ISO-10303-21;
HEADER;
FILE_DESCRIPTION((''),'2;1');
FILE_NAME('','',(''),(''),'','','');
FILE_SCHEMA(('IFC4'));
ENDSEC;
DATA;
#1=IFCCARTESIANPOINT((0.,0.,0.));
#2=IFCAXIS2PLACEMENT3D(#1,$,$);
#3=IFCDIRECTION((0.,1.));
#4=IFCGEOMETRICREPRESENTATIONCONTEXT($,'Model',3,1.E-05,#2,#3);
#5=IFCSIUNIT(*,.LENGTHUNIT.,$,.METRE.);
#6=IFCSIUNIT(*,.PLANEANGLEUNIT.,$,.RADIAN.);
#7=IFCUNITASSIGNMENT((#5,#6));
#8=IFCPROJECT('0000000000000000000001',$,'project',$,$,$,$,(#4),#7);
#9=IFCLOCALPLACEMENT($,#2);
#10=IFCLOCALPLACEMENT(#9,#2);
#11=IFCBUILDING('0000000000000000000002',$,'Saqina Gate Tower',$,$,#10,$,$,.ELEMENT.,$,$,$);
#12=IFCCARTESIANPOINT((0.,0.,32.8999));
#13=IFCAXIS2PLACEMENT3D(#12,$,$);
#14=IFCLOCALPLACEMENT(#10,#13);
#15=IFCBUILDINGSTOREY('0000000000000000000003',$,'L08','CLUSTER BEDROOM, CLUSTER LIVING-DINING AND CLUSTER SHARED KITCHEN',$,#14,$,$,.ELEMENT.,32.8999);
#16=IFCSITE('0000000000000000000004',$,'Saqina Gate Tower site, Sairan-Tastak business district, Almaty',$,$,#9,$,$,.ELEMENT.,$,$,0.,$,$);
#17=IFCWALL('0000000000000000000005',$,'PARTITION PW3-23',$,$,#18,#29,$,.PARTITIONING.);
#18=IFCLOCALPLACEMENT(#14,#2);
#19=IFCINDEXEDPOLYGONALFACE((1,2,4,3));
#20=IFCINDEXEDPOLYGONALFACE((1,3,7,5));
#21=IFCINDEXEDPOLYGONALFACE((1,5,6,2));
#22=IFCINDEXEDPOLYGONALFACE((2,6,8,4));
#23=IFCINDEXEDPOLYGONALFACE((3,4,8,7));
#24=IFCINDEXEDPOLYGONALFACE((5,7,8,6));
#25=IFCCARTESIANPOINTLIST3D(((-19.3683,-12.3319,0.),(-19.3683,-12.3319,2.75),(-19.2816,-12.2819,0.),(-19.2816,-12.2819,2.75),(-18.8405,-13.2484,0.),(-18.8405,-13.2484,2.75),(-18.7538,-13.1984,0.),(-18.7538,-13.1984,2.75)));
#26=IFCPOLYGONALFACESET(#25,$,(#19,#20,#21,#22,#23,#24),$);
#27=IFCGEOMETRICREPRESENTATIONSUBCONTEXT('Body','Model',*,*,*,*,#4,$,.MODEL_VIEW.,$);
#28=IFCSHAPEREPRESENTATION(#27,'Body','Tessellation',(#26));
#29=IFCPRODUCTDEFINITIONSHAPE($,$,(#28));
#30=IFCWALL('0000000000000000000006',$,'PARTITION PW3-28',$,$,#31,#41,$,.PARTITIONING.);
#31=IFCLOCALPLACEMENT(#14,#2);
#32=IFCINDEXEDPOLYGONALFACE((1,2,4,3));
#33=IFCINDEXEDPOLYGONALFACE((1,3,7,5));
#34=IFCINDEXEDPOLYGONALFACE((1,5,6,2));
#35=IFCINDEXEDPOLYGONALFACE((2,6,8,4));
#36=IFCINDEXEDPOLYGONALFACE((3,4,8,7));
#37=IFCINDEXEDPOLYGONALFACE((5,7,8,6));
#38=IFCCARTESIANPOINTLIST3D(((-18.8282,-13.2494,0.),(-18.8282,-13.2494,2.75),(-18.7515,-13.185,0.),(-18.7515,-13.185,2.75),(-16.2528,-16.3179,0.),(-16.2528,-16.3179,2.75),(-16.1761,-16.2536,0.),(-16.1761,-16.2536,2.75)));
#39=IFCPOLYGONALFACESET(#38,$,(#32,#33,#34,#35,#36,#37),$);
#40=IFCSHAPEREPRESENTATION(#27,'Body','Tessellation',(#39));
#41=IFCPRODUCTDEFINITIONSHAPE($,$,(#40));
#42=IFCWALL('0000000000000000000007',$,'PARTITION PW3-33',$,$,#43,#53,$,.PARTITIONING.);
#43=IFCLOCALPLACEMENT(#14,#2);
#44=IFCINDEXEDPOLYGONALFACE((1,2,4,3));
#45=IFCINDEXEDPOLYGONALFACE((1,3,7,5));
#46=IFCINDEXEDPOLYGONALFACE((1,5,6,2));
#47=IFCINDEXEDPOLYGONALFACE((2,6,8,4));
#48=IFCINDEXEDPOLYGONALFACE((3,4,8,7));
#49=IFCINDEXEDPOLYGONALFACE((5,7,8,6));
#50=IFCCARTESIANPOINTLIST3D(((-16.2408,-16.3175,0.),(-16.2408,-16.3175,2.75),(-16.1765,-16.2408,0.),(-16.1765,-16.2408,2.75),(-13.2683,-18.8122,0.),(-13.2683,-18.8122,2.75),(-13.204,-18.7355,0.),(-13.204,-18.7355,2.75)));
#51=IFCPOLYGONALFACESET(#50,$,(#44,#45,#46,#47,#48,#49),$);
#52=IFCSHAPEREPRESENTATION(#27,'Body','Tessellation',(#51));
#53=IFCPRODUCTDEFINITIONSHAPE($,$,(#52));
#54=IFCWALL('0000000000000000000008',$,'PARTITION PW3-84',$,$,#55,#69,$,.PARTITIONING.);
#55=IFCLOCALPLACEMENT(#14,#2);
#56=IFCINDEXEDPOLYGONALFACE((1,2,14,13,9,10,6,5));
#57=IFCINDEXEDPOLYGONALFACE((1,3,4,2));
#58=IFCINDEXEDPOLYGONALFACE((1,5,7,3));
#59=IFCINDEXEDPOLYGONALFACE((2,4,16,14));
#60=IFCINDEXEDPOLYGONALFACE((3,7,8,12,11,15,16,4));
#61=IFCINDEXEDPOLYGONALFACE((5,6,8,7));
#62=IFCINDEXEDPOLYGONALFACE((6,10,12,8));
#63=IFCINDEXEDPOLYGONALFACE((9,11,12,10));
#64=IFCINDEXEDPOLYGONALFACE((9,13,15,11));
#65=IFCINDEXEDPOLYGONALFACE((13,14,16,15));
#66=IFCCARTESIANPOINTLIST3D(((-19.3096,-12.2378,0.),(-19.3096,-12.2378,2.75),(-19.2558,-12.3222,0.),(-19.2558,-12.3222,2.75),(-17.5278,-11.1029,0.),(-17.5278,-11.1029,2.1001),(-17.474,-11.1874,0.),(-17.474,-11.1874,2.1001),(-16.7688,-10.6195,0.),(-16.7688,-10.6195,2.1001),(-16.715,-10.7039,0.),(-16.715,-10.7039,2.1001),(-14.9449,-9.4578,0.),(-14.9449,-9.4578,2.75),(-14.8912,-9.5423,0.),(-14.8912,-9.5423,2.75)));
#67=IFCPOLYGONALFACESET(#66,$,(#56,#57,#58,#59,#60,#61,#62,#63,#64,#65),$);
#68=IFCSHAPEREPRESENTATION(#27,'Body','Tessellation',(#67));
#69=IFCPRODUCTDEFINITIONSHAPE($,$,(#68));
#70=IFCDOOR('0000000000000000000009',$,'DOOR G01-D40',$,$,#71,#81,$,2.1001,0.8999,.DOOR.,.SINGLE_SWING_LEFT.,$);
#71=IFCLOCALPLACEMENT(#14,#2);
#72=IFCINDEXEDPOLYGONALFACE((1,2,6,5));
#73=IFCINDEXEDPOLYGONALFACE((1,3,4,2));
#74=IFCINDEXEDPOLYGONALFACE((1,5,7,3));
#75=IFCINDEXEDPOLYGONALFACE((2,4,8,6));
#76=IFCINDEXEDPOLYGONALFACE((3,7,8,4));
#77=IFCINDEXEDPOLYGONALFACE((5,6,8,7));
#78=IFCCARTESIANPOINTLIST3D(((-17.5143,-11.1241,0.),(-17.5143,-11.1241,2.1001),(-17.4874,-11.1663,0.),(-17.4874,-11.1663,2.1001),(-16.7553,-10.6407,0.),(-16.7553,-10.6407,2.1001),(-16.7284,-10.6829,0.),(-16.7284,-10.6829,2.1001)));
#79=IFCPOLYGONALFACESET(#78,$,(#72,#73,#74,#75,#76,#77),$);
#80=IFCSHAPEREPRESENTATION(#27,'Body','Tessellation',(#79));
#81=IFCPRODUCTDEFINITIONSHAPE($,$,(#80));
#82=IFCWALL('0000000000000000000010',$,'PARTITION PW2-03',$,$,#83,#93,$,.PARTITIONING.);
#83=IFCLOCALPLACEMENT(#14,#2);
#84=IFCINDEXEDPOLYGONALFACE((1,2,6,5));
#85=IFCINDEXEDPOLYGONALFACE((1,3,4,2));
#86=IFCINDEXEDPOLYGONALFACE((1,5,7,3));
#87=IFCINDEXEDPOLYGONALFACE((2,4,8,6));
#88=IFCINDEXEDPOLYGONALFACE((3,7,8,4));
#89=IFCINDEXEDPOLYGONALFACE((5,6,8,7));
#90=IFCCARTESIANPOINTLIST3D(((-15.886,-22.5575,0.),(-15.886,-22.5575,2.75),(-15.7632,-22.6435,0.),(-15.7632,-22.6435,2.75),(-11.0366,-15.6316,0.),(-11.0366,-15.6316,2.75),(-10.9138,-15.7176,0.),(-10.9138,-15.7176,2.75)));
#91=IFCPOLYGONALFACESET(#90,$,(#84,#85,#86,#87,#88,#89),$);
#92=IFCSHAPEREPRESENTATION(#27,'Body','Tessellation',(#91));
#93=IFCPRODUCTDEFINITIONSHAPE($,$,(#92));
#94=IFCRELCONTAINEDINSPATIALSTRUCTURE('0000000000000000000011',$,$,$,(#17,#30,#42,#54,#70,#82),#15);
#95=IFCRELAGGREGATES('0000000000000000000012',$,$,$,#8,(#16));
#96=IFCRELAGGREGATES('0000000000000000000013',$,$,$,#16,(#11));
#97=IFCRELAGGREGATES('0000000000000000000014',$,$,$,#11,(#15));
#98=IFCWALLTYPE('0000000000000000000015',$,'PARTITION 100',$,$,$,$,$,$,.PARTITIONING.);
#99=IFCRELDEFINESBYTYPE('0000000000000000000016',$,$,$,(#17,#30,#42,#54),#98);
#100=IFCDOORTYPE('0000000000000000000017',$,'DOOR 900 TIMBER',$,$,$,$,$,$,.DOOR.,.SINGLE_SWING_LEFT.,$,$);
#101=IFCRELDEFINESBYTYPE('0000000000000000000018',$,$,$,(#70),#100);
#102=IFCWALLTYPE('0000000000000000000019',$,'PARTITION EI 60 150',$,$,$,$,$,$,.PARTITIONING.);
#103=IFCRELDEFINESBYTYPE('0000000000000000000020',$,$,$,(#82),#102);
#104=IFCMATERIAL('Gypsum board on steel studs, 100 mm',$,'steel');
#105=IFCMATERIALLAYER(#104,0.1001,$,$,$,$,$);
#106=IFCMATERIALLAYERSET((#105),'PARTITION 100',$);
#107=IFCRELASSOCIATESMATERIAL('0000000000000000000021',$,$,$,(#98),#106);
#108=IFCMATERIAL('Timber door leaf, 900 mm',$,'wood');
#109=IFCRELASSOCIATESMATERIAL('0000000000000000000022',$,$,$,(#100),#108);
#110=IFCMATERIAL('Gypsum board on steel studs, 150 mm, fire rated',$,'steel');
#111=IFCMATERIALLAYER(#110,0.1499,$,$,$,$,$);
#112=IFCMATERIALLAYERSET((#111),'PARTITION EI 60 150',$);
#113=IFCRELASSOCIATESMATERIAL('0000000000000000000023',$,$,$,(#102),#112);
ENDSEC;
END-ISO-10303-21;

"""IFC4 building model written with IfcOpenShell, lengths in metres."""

from ifc_helpers import new_model, si_unit, direction, frame, frame_2d, origin, place, context, subcontext, project, spatial, rectangle, extrude, material, layer, layer_set, type_object, element, fill, save


model = new_model("IFC4")

# Units and contexts
model_context = context("Model", 3, precision=1e-05, world=origin(), true_north=direction((0.0, 1.0)))
body_context = subcontext(model_context, "Body", "Model", "MODEL_VIEW")
ifc_project = project(units=[si_unit("LENGTHUNIT", "METRE"), si_unit("PLANEANGLEUNIT", "RADIAN")], contexts=[model_context])

# Site, building, storey
site_placement = place(None, origin())
site = spatial("IfcSite", under=ifc_project, at=site_placement, Name="Saqina Gate Tower site, Sairan-Tastak business district, Almaty", CompositionType="ELEMENT", RefElevation=0.0)
building_placement = place(site_placement, origin())
building = spatial("IfcBuilding", under=site, at=building_placement, Name="Saqina Gate Tower", CompositionType="ELEMENT")
storey_placement = place(building_placement, frame((0.0, 0.0, 32.8999)))
storey = spatial("IfcBuildingStorey", under=building, at=storey_placement, Name="L08", Description="CLUSTER BEDROOM, CLUSTER LIVING-DINING AND CLUSTER SHARED KITCHEN", CompositionType="ELEMENT", Elevation=32.8999)

# Walls
ifc_material_1 = material(Name="Gypsum board on steel studs, 100 mm", Category="steel")
ifc_layer_1 = layer(ifc_material_1, 0.1001)
ifc_layer_set_1 = layer_set([ifc_layer_1], Name="PARTITION 100")
wall_type_1 = type_object("IfcWallType", Name="PARTITION 100", PredefinedType="PARTITIONING", material=ifc_layer_set_1)
wall_1_placement = place(storey_placement, frame((-19.325, -12.3069, 0.0), z_axis=(0.0, 0.0, 1.0), x_axis=(0.49907, -0.866562, 0.0)))
element("IfcWall", 1, at=wall_1_placement, inside=storey, type_object=wall_type_1, Name="PARTITION PW3-23", PredefinedType="PARTITIONING", context=body_context, shape_type="SweptSolid", body=[
    extrude(rectangle(XDim=1.0576, YDim=0.1001, at=frame_2d((0.5288, 0.0))), origin(), (0.0, 0.0, 1.0), 2.75),
])
wall_2_placement = place(storey_placement, frame((-18.7898, -13.2173, 0.0), z_axis=(0.0, 0.0, 1.0), x_axis=(0.642872, -0.765974, 0.0)))
element("IfcWall", 2, at=wall_2_placement, inside=storey, type_object=wall_type_1, Name="PARTITION PW3-28", PredefinedType="PARTITIONING", context=body_context, shape_type="SweptSolid", body=[
    extrude(rectangle(XDim=4.0061, YDim=0.1001, at=frame_2d((2.0029, 0.0))), origin(), (0.0, 0.0, 1.0), 2.75),
])
wall_3_placement = place(storey_placement, frame((-16.2087, -16.2791, 0.0), z_axis=(0.0, 0.0, 1.0), x_axis=(0.765984, -0.64286, 0.0)))
element("IfcWall", 3, at=wall_3_placement, inside=storey, type_object=wall_type_1, Name="PARTITION PW3-33", PredefinedType="PARTITIONING", context=body_context, shape_type="SweptSolid", body=[
    extrude(rectangle(XDim=3.8806, YDim=0.1001, at=frame_2d((1.9404, 0.0))), origin(), (0.0, 0.0, 1.0), 2.75),
])

# Wall, opening, door
wall_4_placement = place(storey_placement, frame((-19.2827, -12.28, 0.0), z_axis=(0.0, 0.0, 1.0), x_axis=(0.843446, 0.537214, 0.0)))
wall_4 = element("IfcWall", 4, at=wall_4_placement, inside=storey, type_object=wall_type_1, Name="PARTITION PW3-84", PredefinedType="PARTITIONING", context=body_context, shape_type="SweptSolid", body=[
    extrude(rectangle(XDim=5.1748, YDim=0.1001, at=frame_2d((2.5874, 0.0))), origin(), (0.0, 0.0, 1.0), 2.75),
])
opening_1_placement = place(wall_4_placement, frame((2.1125, 0.0, 0.0)))
opening_1 = element("IfcOpeningElement", 5, at=opening_1_placement, cuts=wall_4, PredefinedType="OPENING", context=body_context, shape_type="SweptSolid", body=[
    extrude(rectangle(XDim=0.8999, YDim=2.1001, at=frame_2d((0.45, 1.05))), frame((0.0, 0.062, 0.0), z_axis=(0.0, -1.0, 0.0), x_axis=(1.0, 0.0, 0.0)), (0.0, 0.0, 1.0), 0.124),
])
ifc_material_2 = material(Name="Timber door leaf, 900 mm", Category="wood")
door_type = type_object("IfcDoorType", Name="DOOR 900 TIMBER", OperationType="SINGLE_SWING_LEFT", PredefinedType="DOOR", material=ifc_material_2)
door_placement = place(opening_1_placement, origin())
door = element("IfcDoor", 6, at=door_placement, inside=storey, type_object=door_type, Name="DOOR G01-D40", OperationType="SINGLE_SWING_LEFT", OverallHeight=2.1001, OverallWidth=0.8999, PredefinedType="DOOR", context=body_context, shape_type="SweptSolid", body=[
    extrude(rectangle(XDim=0.8999, YDim=2.1001, at=frame_2d((0.45, 1.05))), frame((0.0, 0.0249, 0.0), z_axis=(0.0, -1.0, 0.0), x_axis=(1.0, 0.0, 0.0)), (0.0, 0.0, 1.0), 0.05),
])
fill(opening_1, door)

# Wall
ifc_material_3 = material(Name="Gypsum board on steel studs, 150 mm, fire rated", Category="steel")
ifc_layer_2 = layer(ifc_material_3, 0.1499)
ifc_layer_set_2 = layer_set([ifc_layer_2], Name="PARTITION EI 60 150")
wall_type_2 = type_object("IfcWallType", Name="PARTITION EI 60 150", PredefinedType="PARTITIONING", material=ifc_layer_set_2)
wall_5_placement = place(storey_placement, frame((-15.8247, -22.6006, 0.0), z_axis=(0.0, 0.0, 1.0), x_axis=(0.573567, 0.819159, 0.0)))
element("IfcWall", 7, at=wall_5_placement, inside=storey, type_object=wall_type_2, Name="PARTITION PW2-03", PredefinedType="PARTITIONING", context=body_context, shape_type="SweptSolid", body=[
    extrude(rectangle(XDim=8.4548, YDim=0.1499, at=frame_2d((4.2275, 0.0))), origin(), (0.0, 0.0, 1.0), 2.75),
])

save(model, "model.ifc")
